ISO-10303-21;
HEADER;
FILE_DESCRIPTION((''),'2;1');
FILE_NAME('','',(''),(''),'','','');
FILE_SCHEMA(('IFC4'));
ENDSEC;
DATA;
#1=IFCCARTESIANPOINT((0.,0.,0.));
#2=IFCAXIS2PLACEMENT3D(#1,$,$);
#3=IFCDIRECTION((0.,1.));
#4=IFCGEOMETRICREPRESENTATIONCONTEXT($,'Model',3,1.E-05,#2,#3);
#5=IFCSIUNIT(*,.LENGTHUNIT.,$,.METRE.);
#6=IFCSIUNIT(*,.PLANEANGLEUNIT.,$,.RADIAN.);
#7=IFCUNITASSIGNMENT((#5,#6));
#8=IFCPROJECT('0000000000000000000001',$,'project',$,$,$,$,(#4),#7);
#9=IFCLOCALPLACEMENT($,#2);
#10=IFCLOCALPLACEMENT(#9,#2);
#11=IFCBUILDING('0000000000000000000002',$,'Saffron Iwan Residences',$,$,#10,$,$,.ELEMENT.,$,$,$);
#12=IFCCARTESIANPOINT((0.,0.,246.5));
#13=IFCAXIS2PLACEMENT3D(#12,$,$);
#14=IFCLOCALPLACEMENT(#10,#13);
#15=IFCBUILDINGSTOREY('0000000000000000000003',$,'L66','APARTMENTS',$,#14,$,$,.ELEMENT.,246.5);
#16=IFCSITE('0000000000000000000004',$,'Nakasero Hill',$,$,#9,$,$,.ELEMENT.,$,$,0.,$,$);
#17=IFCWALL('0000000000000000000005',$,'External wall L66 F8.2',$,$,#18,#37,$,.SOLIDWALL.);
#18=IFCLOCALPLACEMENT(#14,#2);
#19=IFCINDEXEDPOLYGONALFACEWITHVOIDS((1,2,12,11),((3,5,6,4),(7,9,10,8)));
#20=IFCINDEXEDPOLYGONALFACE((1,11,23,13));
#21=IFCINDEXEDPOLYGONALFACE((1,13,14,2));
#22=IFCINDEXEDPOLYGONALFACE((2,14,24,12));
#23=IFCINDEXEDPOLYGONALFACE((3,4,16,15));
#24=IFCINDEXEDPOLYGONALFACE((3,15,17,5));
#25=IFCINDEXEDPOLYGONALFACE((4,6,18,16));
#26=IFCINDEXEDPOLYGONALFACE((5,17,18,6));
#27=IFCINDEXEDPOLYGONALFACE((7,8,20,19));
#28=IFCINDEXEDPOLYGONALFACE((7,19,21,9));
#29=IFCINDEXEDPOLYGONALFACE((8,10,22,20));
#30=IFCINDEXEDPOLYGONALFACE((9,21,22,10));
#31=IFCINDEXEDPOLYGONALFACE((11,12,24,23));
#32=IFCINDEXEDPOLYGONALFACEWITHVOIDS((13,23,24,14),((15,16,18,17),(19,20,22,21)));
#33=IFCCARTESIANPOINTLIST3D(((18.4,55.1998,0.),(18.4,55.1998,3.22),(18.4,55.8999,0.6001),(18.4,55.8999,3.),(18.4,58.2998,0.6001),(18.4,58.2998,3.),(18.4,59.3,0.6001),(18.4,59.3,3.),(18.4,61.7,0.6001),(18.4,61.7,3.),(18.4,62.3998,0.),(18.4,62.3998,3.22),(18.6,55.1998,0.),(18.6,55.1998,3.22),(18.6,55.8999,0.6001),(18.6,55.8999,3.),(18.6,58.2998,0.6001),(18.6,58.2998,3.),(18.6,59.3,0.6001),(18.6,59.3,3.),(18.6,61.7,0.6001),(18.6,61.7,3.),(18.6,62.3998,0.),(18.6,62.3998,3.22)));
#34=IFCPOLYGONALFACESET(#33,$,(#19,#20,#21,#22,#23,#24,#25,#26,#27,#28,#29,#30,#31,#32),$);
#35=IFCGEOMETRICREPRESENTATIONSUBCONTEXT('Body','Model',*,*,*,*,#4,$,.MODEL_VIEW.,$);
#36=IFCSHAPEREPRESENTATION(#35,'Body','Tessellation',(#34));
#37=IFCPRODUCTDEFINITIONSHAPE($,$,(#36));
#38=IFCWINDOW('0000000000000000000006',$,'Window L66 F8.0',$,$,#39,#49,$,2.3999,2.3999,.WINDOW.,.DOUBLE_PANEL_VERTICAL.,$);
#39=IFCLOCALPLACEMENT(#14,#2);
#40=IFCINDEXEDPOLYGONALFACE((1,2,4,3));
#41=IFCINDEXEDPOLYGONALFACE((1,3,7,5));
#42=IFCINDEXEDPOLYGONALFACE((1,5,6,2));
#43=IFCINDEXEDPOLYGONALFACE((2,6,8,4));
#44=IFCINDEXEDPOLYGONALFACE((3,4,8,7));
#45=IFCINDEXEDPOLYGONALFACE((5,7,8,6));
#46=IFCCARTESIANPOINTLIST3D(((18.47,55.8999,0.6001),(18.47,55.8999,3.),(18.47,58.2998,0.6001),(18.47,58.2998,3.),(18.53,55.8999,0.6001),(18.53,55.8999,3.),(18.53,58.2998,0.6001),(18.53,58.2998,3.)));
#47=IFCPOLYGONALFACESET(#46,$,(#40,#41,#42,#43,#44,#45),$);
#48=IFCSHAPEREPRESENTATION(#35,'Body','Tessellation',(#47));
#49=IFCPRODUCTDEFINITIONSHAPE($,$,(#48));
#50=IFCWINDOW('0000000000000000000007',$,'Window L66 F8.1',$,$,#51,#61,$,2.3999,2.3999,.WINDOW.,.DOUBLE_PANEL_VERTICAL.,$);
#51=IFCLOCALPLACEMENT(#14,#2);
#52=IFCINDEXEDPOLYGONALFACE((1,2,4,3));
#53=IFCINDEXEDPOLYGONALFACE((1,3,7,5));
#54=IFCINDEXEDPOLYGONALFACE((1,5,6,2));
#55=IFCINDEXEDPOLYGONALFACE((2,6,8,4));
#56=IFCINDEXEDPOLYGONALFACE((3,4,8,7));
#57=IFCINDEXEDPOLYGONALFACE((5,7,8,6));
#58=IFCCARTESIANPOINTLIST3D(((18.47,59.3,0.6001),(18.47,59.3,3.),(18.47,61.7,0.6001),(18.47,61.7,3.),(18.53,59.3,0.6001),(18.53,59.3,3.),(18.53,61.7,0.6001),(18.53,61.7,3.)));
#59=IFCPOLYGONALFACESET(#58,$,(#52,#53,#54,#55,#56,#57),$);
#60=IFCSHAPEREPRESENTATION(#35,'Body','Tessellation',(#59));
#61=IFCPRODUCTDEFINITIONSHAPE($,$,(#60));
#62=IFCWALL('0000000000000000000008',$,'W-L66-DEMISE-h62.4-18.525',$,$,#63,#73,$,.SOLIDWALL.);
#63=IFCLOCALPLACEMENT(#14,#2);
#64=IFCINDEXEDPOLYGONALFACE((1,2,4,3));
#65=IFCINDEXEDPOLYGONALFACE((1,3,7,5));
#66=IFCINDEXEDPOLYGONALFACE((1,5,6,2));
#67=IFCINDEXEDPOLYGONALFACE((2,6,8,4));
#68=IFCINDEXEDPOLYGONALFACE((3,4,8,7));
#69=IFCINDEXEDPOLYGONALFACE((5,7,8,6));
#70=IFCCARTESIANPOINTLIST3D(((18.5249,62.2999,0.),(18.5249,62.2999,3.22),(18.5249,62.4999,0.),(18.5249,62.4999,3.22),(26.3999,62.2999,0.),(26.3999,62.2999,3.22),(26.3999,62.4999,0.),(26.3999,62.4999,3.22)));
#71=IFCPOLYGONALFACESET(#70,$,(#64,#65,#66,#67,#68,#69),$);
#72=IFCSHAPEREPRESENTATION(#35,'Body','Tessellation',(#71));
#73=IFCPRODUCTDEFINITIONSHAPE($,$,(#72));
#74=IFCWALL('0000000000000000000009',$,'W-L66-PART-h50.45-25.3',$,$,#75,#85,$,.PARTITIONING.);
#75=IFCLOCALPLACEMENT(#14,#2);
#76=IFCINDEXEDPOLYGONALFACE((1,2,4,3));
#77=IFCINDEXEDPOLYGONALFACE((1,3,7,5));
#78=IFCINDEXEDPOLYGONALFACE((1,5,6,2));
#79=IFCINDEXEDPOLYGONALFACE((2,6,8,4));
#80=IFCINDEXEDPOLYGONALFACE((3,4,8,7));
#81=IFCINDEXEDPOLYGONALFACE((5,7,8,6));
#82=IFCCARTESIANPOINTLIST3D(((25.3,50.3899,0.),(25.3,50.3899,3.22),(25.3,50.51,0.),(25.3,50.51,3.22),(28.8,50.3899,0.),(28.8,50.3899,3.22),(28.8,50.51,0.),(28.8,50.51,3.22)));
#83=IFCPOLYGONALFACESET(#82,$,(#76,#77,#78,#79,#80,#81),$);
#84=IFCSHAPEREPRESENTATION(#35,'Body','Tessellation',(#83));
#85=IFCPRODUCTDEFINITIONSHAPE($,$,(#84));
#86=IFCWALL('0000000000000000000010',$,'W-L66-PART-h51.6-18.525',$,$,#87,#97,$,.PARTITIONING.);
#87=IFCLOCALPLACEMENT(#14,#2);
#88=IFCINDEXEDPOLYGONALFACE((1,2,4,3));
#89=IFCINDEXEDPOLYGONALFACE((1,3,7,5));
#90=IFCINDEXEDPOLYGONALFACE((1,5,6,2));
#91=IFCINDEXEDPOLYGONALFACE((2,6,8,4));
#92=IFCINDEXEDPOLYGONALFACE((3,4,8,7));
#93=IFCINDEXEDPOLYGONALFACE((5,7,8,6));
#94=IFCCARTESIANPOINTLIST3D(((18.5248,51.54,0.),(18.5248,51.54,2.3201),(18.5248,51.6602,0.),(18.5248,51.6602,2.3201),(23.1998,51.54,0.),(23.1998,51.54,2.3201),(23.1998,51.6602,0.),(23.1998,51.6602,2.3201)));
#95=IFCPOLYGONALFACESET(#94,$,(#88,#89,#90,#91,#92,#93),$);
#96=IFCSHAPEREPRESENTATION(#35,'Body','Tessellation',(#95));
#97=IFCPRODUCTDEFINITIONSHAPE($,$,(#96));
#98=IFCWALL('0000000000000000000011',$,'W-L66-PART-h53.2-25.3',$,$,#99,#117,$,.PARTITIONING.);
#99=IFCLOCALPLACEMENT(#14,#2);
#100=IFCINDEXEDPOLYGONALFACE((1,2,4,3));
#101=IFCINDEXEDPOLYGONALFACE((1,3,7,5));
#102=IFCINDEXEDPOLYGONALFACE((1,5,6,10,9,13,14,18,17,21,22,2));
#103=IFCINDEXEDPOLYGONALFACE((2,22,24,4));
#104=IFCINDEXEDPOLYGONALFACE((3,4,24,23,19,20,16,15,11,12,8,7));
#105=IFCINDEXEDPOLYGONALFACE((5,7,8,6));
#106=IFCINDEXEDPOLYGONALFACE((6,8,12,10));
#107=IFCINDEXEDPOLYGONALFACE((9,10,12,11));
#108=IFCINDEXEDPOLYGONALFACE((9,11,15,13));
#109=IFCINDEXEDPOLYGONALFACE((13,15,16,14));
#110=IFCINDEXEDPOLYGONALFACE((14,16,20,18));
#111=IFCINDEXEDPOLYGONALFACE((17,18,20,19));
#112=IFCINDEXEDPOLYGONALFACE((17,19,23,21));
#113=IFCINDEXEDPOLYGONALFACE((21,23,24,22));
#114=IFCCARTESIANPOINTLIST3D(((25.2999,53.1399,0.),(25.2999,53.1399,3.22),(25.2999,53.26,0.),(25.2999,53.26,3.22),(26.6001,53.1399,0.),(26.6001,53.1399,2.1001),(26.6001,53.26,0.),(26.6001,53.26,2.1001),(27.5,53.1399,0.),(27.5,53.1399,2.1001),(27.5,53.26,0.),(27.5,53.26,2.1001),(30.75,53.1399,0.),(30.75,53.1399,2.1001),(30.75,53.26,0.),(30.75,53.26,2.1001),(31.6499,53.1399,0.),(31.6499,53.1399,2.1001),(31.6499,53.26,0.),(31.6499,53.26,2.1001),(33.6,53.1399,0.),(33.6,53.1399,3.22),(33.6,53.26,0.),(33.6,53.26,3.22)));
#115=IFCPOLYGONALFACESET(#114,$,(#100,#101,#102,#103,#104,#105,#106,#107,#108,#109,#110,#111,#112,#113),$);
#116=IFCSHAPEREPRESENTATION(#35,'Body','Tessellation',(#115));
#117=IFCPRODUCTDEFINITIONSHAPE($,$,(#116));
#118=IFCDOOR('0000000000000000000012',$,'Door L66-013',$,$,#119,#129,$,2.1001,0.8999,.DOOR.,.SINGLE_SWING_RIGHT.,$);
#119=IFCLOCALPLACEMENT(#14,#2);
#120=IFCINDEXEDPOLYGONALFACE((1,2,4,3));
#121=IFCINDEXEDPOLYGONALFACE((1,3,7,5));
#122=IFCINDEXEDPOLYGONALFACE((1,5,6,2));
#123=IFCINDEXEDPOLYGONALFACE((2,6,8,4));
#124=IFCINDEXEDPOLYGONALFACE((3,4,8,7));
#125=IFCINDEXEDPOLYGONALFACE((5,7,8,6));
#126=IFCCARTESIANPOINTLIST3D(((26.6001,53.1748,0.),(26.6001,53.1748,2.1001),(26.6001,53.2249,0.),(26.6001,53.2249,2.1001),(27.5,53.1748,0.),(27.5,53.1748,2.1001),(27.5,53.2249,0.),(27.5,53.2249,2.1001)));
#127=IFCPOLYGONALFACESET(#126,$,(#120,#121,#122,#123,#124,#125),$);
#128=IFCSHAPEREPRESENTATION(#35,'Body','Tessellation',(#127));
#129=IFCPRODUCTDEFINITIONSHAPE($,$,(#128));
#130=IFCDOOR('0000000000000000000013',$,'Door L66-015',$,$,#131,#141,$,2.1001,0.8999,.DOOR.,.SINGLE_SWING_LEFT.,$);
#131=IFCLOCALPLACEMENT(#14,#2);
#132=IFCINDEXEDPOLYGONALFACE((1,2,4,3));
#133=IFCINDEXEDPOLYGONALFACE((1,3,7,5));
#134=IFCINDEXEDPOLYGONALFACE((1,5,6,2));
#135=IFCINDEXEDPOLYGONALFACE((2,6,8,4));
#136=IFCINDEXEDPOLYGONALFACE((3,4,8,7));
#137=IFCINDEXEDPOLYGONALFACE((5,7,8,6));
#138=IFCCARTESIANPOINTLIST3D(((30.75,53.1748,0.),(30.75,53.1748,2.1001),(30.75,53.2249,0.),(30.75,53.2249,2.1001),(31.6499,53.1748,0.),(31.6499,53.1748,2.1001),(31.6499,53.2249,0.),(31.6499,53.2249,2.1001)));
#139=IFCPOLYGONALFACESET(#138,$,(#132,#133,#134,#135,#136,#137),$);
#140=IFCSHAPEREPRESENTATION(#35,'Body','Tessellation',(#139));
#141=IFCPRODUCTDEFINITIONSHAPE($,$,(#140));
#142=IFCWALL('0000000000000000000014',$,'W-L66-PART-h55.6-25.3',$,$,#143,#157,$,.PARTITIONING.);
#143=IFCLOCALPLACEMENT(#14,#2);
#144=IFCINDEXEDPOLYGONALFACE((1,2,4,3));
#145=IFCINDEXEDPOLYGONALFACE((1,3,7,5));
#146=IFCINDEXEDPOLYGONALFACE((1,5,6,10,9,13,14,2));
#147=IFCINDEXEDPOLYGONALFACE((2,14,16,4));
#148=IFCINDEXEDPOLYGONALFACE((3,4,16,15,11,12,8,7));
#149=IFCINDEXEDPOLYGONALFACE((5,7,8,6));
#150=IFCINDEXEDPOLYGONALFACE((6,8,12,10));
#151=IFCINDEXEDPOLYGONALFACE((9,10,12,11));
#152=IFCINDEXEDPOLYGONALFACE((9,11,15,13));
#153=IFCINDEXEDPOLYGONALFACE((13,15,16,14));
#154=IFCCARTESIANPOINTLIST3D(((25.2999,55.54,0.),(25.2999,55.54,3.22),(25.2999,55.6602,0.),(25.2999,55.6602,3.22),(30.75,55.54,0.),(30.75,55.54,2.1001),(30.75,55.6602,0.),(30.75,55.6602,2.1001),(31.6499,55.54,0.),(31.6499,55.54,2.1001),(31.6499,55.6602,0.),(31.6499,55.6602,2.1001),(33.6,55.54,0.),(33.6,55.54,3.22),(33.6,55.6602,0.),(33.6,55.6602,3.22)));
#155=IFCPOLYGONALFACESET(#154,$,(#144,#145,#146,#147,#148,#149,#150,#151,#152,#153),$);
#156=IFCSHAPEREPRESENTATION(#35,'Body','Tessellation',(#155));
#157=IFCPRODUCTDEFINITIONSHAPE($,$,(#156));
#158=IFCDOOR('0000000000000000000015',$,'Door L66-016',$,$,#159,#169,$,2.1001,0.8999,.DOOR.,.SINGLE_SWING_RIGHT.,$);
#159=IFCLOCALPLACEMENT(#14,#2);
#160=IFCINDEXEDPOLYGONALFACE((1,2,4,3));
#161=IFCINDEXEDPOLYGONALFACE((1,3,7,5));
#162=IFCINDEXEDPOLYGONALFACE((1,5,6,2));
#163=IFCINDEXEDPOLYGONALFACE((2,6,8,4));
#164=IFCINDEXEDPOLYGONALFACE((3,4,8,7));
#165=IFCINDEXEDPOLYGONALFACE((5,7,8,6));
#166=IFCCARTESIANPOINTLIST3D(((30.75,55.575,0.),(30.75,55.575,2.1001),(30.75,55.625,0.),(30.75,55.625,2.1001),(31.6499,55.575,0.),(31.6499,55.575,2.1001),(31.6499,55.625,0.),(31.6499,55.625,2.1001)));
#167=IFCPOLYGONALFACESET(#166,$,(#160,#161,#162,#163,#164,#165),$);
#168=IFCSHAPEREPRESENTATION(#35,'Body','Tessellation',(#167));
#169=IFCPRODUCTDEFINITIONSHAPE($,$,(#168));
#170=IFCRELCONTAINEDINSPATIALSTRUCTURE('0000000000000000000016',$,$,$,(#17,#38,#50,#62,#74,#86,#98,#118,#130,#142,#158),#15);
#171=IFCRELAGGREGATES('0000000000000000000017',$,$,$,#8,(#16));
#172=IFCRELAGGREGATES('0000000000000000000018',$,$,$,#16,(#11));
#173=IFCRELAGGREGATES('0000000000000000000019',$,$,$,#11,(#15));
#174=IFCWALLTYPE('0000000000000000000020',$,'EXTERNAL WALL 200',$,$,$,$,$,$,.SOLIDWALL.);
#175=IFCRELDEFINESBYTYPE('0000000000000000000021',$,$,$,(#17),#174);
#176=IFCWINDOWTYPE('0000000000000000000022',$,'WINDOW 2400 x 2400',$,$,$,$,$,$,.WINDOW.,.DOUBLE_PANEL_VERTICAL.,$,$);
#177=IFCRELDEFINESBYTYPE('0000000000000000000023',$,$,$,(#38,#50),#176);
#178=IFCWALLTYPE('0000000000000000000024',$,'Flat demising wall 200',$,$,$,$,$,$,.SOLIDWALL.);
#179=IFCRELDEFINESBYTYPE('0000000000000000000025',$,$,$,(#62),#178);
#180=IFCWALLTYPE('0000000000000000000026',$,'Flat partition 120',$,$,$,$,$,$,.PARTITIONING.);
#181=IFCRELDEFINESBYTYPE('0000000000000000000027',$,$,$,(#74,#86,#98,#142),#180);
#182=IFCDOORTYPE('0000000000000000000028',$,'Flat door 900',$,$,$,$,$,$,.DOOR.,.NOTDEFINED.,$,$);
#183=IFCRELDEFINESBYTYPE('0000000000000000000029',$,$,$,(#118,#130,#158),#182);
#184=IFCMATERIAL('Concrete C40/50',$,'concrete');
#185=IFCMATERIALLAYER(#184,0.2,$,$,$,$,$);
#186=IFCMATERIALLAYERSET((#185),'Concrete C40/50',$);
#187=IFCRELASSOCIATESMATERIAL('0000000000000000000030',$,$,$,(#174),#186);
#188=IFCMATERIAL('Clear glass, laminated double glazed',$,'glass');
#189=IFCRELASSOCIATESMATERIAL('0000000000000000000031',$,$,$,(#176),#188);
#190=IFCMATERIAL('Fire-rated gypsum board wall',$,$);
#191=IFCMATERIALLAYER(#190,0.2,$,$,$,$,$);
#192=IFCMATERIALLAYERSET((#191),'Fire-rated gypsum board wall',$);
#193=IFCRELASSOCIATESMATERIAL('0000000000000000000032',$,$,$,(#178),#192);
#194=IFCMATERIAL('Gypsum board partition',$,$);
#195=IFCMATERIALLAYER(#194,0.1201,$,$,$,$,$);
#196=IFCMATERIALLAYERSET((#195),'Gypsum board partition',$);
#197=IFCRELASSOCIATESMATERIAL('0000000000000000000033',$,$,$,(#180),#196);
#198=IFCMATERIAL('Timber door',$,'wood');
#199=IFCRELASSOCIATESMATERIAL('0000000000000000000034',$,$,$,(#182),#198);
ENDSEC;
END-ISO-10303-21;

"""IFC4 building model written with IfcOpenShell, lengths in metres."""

from ifc_helpers import new_model, si_unit, direction, frame, frame_2d, origin, place, context, subcontext, project, spatial, rectangle, extrude, material, layer, layer_set, type_object, element, fill, save


model = new_model("IFC4")

# Units and contexts
model_context = context("Model", 3, precision=1e-05, world=origin(), true_north=direction((0.0, 1.0)))
body_context = subcontext(model_context, "Body", "Model", "MODEL_VIEW")
ifc_project = project(units=[si_unit("LENGTHUNIT", "METRE"), si_unit("PLANEANGLEUNIT", "RADIAN")], contexts=[model_context])

# Site, building, storey
site_placement = place(None, origin())
site = spatial("IfcSite", under=ifc_project, at=site_placement, Name="Nakasero Hill", CompositionType="ELEMENT", RefElevation=0.0)
building_placement = place(site_placement, origin())
building = spatial("IfcBuilding", under=site, at=building_placement, Name="Saffron Iwan Residences", CompositionType="ELEMENT")
storey_placement = place(building_placement, frame((0.0, 0.0, 246.5)))
storey = spatial("IfcBuildingStorey", under=building, at=storey_placement, Name="L66", Description="APARTMENTS", CompositionType="ELEMENT", Elevation=246.5)

# Shared definitions
ifc_material_1 = material(Name="Concrete C40/50", Category="concrete")

# Wall, openings, windows
ifc_layer_1 = layer(ifc_material_1, 0.2)
ifc_layer_set_1 = layer_set([ifc_layer_1], Name="Concrete C40/50")
wall_type_1 = type_object("IfcWallType", Name="EXTERNAL WALL 200", PredefinedType="SOLIDWALL", material=ifc_layer_set_1)
wall_1_placement = place(storey_placement, frame((18.5, 62.3999, 0.0), z_axis=(0.0, 0.0, 1.0), x_axis=(0.0, -1.0, 0.0)))
wall_1 = element("IfcWall", 1, at=wall_1_placement, inside=storey, type_object=wall_type_1, Name="External wall L66 F8.2", PredefinedType="SOLIDWALL", context=body_context, shape_type="SweptSolid", body=[
    extrude(rectangle(XDim=7.2, YDim=0.2, at=frame_2d((3.6001, 0.0))), origin(), (0.0, 0.0, 1.0), 3.22),
])
opening_1_placement = place(wall_1_placement, frame((4.1001, 0.0, 0.6001)))
opening_1 = element("IfcOpeningElement", 2, at=opening_1_placement, cuts=wall_1, PredefinedType="OPENING", context=body_context, shape_type="SweptSolid", body=[
    extrude(rectangle(XDim=2.3999, YDim=2.3999, at=frame_2d((1.2, 1.2))), frame((0.0, 0.1099, 0.0), z_axis=(0.0, -1.0, 0.0), x_axis=(1.0, 0.0, 0.0)), (0.0, 0.0, 1.0), 0.22),
])
opening_2_placement = place(wall_1_placement, frame((0.7, 0.0, 0.6001)))
opening_2 = element("IfcOpeningElement", 3, at=opening_2_placement, cuts=wall_1, PredefinedType="OPENING", context=body_context, shape_type="SweptSolid", body=[
    extrude(rectangle(XDim=2.3999, YDim=2.3999, at=frame_2d((1.2, 1.2))), frame((0.0, 0.1099, 0.0), z_axis=(0.0, -1.0, 0.0), x_axis=(1.0, 0.0, 0.0)), (0.0, 0.0, 1.0), 0.22),
])
ifc_material_2 = material(Name="Clear glass, laminated double glazed", Category="glass")
window_type_1 = type_object("IfcWindowType", Name="WINDOW 2400 x 2400", PartitioningType="DOUBLE_PANEL_VERTICAL", PredefinedType="WINDOW", material=ifc_material_2)
window_1_placement = place(opening_1_placement, origin())
window_1 = element("IfcWindow", 4, at=window_1_placement, inside=storey, type_object=window_type_1, Name="Window L66 F8.0", OverallHeight=2.3999, OverallWidth=2.3999, PartitioningType="DOUBLE_PANEL_VERTICAL", PredefinedType="WINDOW", context=body_context, shape_type="SweptSolid", body=[
    extrude(rectangle(XDim=2.3999, YDim=2.3999, at=frame_2d((1.2, 1.2))), frame((0.0, 0.03, 0.0), z_axis=(0.0, -1.0, 0.0), x_axis=(1.0, 0.0, 0.0)), (0.0, 0.0, 1.0), 0.0601),
])
fill(opening_1, window_1)
window_2_placement = place(opening_2_placement, origin())
window_2 = element("IfcWindow", 5, at=window_2_placement, inside=storey, type_object=window_type_1, Name="Window L66 F8.1", OverallHeight=2.3999, OverallWidth=2.3999, PartitioningType="DOUBLE_PANEL_VERTICAL", PredefinedType="WINDOW", context=body_context, shape_type="SweptSolid", body=[
    extrude(rectangle(XDim=2.3999, YDim=2.3999, at=frame_2d((1.2, 1.2))), frame((0.0, 0.03, 0.0), z_axis=(0.0, -1.0, 0.0), x_axis=(1.0, 0.0, 0.0)), (0.0, 0.0, 1.0), 0.0601),
])
fill(opening_2, window_2)

# Walls
ifc_material_3 = material(Name="Fire-rated gypsum board wall")
ifc_layer_2 = layer(ifc_material_3, 0.2)
ifc_layer_set_2 = layer_set([ifc_layer_2], Name="Fire-rated gypsum board wall")
wall_type_2 = type_object("IfcWallType", Name="Flat demising wall 200", PredefinedType="SOLIDWALL", material=ifc_layer_set_2)
wall_2_placement = place(storey_placement, frame((18.5249, 62.3999, 0.0), z_axis=(0.0, 0.0, 1.0), x_axis=(1.0, 0.0, 0.0)))
element("IfcWall", 6, at=wall_2_placement, inside=storey, type_object=wall_type_2, Name="W-L66-DEMISE-h62.4-18.525", PredefinedType="SOLIDWALL", context=body_context, shape_type="SweptSolid", body=[
    extrude(rectangle(XDim=7.875, YDim=0.2, at=frame_2d((3.9375, 0.0))), origin(), (0.0, 0.0, 1.0), 3.22),
])
ifc_material_4 = material(Name="Gypsum board partition")
ifc_layer_3 = layer(ifc_material_4, 0.1201)
ifc_layer_set_3 = layer_set([ifc_layer_3], Name="Gypsum board partition")
wall_type_3 = type_object("IfcWallType", Name="Flat partition 120", PredefinedType="PARTITIONING", material=ifc_layer_set_3)
wall_3_placement = place(storey_placement, frame((25.3, 50.45, 0.0), z_axis=(0.0, 0.0, 1.0), x_axis=(1.0, 0.0, 0.0)))
element("IfcWall", 7, at=wall_3_placement, inside=storey, type_object=wall_type_3, Name="W-L66-PART-h50.45-25.3", PredefinedType="PARTITIONING", context=body_context, shape_type="SweptSolid", body=[
    extrude(rectangle(XDim=3.5, YDim=0.1201, at=frame_2d((1.75, 0.0))), origin(), (0.0, 0.0, 1.0), 3.22),
])
wall_4_placement = place(storey_placement, frame((18.5249, 51.6001, 0.0), z_axis=(0.0, 0.0, 1.0), x_axis=(1.0, 0.0, 0.0)))
element("IfcWall", 8, at=wall_4_placement, inside=storey, type_object=wall_type_3, Name="W-L66-PART-h51.6-18.525", PredefinedType="PARTITIONING", context=body_context, shape_type="SweptSolid", body=[
    extrude(rectangle(XDim=4.675, YDim=0.1201, at=frame_2d((2.3374, 0.0))), origin(), (0.0, 0.0, 1.0), 2.3201),
])

# Wall, openings, doors
wall_5_placement = place(storey_placement, frame((25.3, 53.2, 0.0), z_axis=(0.0, 0.0, 1.0), x_axis=(1.0, 0.0, 0.0)))
wall_5 = element("IfcWall", 9, at=wall_5_placement, inside=storey, type_object=wall_type_3, Name="W-L66-PART-h53.2-25.3", PredefinedType="PARTITIONING", context=body_context, shape_type="SweptSolid", body=[
    extrude(rectangle(XDim=8.3, YDim=0.1201, at=frame_2d((4.1499, 0.0))), origin(), (0.0, 0.0, 1.0), 3.22),
])
opening_3_placement = place(wall_5_placement, frame((1.3, 0.0, 0.0)))
opening_3 = element("IfcOpeningElement", 10, at=opening_3_placement, cuts=wall_5, PredefinedType="OPENING", context=body_context, shape_type="SweptSolid", body=[
    extrude(rectangle(XDim=0.8999, YDim=2.1001, at=frame_2d((0.45, 1.05))), frame((0.0, 0.0701, 0.0), z_axis=(0.0, -1.0, 0.0), x_axis=(1.0, 0.0, 0.0)), (0.0, 0.0, 1.0), 0.1401),
])
opening_4_placement = place(wall_5_placement, frame((5.45, 0.0, 0.0)))
opening_4 = element("IfcOpeningElement", 11, at=opening_4_placement, cuts=wall_5, PredefinedType="OPENING", context=body_context, shape_type="SweptSolid", body=[
    extrude(rectangle(XDim=0.8999, YDim=2.1001, at=frame_2d((0.45, 1.05))), frame((0.0, 0.0701, 0.0), z_axis=(0.0, -1.0, 0.0), x_axis=(1.0, 0.0, 0.0)), (0.0, 0.0, 1.0), 0.1401),
])
ifc_material_5 = material(Name="Timber door", Category="wood")
door_type_1 = type_object("IfcDoorType", Name="Flat door 900", OperationType="NOTDEFINED", PredefinedType="DOOR", material=ifc_material_5)
door_1_placement = place(opening_3_placement, origin())
door_1 = element("IfcDoor", 12, at=door_1_placement, inside=storey, type_object=door_type_1, Name="Door L66-013", OperationType="SINGLE_SWING_RIGHT", OverallHeight=2.1001, OverallWidth=0.8999, PredefinedType="DOOR", context=body_context, shape_type="SweptSolid", body=[
    extrude(rectangle(XDim=0.8999, YDim=2.1001, at=frame_2d((0.45, 1.05))), frame((0.0, 0.0249, 0.0), z_axis=(0.0, -1.0, 0.0), x_axis=(1.0, 0.0, 0.0)), (0.0, 0.0, 1.0), 0.05),
])
fill(opening_3, door_1)
door_2_placement = place(opening_4_placement, origin())
door_2 = element("IfcDoor", 13, at=door_2_placement, inside=storey, type_object=door_type_1, Name="Door L66-015", OperationType="SINGLE_SWING_LEFT", OverallHeight=2.1001, OverallWidth=0.8999, PredefinedType="DOOR", context=body_context, shape_type="SweptSolid", body=[
    extrude(rectangle(XDim=0.8999, YDim=2.1001, at=frame_2d((0.45, 1.05))), frame((0.0, 0.0249, 0.0), z_axis=(0.0, -1.0, 0.0), x_axis=(1.0, 0.0, 0.0)), (0.0, 0.0, 1.0), 0.05),
])
fill(opening_4, door_2)

# Wall, opening, door
wall_6_placement = place(storey_placement, frame((25.3, 55.6001, 0.0), z_axis=(0.0, 0.0, 1.0), x_axis=(1.0, 0.0, 0.0)))
wall_6 = element("IfcWall", 14, at=wall_6_placement, inside=storey, type_object=wall_type_3, Name="W-L66-PART-h55.6-25.3", PredefinedType="PARTITIONING", context=body_context, shape_type="SweptSolid", body=[
    extrude(rectangle(XDim=8.3, YDim=0.1201, at=frame_2d((4.1499, 0.0))), origin(), (0.0, 0.0, 1.0), 3.22),
])
opening_5_placement = place(wall_6_placement, frame((5.45, 0.0, 0.0)))
opening_5 = element("IfcOpeningElement", 15, at=opening_5_placement, cuts=wall_6, PredefinedType="OPENING", context=body_context, shape_type="SweptSolid", body=[
    extrude(rectangle(XDim=0.8999, YDim=2.1001, at=frame_2d((0.45, 1.05))), frame((0.0, 0.0701, 0.0), z_axis=(0.0, -1.0, 0.0), x_axis=(1.0, 0.0, 0.0)), (0.0, 0.0, 1.0), 0.1401),
])
door_3_placement = place(opening_5_placement, origin())
door_3 = element("IfcDoor", 16, at=door_3_placement, inside=storey, type_object=door_type_1, Name="Door L66-016", OperationType="SINGLE_SWING_RIGHT", OverallHeight=2.1001, OverallWidth=0.8999, PredefinedType="DOOR", context=body_context, shape_type="SweptSolid", body=[
    extrude(rectangle(XDim=0.8999, YDim=2.1001, at=frame_2d((0.45, 1.05))), frame((0.0, 0.0249, 0.0), z_axis=(0.0, -1.0, 0.0), x_axis=(1.0, 0.0, 0.0)), (0.0, 0.0, 1.0), 0.05),
])
fill(opening_5, door_3)

save(model, "model.ifc")
